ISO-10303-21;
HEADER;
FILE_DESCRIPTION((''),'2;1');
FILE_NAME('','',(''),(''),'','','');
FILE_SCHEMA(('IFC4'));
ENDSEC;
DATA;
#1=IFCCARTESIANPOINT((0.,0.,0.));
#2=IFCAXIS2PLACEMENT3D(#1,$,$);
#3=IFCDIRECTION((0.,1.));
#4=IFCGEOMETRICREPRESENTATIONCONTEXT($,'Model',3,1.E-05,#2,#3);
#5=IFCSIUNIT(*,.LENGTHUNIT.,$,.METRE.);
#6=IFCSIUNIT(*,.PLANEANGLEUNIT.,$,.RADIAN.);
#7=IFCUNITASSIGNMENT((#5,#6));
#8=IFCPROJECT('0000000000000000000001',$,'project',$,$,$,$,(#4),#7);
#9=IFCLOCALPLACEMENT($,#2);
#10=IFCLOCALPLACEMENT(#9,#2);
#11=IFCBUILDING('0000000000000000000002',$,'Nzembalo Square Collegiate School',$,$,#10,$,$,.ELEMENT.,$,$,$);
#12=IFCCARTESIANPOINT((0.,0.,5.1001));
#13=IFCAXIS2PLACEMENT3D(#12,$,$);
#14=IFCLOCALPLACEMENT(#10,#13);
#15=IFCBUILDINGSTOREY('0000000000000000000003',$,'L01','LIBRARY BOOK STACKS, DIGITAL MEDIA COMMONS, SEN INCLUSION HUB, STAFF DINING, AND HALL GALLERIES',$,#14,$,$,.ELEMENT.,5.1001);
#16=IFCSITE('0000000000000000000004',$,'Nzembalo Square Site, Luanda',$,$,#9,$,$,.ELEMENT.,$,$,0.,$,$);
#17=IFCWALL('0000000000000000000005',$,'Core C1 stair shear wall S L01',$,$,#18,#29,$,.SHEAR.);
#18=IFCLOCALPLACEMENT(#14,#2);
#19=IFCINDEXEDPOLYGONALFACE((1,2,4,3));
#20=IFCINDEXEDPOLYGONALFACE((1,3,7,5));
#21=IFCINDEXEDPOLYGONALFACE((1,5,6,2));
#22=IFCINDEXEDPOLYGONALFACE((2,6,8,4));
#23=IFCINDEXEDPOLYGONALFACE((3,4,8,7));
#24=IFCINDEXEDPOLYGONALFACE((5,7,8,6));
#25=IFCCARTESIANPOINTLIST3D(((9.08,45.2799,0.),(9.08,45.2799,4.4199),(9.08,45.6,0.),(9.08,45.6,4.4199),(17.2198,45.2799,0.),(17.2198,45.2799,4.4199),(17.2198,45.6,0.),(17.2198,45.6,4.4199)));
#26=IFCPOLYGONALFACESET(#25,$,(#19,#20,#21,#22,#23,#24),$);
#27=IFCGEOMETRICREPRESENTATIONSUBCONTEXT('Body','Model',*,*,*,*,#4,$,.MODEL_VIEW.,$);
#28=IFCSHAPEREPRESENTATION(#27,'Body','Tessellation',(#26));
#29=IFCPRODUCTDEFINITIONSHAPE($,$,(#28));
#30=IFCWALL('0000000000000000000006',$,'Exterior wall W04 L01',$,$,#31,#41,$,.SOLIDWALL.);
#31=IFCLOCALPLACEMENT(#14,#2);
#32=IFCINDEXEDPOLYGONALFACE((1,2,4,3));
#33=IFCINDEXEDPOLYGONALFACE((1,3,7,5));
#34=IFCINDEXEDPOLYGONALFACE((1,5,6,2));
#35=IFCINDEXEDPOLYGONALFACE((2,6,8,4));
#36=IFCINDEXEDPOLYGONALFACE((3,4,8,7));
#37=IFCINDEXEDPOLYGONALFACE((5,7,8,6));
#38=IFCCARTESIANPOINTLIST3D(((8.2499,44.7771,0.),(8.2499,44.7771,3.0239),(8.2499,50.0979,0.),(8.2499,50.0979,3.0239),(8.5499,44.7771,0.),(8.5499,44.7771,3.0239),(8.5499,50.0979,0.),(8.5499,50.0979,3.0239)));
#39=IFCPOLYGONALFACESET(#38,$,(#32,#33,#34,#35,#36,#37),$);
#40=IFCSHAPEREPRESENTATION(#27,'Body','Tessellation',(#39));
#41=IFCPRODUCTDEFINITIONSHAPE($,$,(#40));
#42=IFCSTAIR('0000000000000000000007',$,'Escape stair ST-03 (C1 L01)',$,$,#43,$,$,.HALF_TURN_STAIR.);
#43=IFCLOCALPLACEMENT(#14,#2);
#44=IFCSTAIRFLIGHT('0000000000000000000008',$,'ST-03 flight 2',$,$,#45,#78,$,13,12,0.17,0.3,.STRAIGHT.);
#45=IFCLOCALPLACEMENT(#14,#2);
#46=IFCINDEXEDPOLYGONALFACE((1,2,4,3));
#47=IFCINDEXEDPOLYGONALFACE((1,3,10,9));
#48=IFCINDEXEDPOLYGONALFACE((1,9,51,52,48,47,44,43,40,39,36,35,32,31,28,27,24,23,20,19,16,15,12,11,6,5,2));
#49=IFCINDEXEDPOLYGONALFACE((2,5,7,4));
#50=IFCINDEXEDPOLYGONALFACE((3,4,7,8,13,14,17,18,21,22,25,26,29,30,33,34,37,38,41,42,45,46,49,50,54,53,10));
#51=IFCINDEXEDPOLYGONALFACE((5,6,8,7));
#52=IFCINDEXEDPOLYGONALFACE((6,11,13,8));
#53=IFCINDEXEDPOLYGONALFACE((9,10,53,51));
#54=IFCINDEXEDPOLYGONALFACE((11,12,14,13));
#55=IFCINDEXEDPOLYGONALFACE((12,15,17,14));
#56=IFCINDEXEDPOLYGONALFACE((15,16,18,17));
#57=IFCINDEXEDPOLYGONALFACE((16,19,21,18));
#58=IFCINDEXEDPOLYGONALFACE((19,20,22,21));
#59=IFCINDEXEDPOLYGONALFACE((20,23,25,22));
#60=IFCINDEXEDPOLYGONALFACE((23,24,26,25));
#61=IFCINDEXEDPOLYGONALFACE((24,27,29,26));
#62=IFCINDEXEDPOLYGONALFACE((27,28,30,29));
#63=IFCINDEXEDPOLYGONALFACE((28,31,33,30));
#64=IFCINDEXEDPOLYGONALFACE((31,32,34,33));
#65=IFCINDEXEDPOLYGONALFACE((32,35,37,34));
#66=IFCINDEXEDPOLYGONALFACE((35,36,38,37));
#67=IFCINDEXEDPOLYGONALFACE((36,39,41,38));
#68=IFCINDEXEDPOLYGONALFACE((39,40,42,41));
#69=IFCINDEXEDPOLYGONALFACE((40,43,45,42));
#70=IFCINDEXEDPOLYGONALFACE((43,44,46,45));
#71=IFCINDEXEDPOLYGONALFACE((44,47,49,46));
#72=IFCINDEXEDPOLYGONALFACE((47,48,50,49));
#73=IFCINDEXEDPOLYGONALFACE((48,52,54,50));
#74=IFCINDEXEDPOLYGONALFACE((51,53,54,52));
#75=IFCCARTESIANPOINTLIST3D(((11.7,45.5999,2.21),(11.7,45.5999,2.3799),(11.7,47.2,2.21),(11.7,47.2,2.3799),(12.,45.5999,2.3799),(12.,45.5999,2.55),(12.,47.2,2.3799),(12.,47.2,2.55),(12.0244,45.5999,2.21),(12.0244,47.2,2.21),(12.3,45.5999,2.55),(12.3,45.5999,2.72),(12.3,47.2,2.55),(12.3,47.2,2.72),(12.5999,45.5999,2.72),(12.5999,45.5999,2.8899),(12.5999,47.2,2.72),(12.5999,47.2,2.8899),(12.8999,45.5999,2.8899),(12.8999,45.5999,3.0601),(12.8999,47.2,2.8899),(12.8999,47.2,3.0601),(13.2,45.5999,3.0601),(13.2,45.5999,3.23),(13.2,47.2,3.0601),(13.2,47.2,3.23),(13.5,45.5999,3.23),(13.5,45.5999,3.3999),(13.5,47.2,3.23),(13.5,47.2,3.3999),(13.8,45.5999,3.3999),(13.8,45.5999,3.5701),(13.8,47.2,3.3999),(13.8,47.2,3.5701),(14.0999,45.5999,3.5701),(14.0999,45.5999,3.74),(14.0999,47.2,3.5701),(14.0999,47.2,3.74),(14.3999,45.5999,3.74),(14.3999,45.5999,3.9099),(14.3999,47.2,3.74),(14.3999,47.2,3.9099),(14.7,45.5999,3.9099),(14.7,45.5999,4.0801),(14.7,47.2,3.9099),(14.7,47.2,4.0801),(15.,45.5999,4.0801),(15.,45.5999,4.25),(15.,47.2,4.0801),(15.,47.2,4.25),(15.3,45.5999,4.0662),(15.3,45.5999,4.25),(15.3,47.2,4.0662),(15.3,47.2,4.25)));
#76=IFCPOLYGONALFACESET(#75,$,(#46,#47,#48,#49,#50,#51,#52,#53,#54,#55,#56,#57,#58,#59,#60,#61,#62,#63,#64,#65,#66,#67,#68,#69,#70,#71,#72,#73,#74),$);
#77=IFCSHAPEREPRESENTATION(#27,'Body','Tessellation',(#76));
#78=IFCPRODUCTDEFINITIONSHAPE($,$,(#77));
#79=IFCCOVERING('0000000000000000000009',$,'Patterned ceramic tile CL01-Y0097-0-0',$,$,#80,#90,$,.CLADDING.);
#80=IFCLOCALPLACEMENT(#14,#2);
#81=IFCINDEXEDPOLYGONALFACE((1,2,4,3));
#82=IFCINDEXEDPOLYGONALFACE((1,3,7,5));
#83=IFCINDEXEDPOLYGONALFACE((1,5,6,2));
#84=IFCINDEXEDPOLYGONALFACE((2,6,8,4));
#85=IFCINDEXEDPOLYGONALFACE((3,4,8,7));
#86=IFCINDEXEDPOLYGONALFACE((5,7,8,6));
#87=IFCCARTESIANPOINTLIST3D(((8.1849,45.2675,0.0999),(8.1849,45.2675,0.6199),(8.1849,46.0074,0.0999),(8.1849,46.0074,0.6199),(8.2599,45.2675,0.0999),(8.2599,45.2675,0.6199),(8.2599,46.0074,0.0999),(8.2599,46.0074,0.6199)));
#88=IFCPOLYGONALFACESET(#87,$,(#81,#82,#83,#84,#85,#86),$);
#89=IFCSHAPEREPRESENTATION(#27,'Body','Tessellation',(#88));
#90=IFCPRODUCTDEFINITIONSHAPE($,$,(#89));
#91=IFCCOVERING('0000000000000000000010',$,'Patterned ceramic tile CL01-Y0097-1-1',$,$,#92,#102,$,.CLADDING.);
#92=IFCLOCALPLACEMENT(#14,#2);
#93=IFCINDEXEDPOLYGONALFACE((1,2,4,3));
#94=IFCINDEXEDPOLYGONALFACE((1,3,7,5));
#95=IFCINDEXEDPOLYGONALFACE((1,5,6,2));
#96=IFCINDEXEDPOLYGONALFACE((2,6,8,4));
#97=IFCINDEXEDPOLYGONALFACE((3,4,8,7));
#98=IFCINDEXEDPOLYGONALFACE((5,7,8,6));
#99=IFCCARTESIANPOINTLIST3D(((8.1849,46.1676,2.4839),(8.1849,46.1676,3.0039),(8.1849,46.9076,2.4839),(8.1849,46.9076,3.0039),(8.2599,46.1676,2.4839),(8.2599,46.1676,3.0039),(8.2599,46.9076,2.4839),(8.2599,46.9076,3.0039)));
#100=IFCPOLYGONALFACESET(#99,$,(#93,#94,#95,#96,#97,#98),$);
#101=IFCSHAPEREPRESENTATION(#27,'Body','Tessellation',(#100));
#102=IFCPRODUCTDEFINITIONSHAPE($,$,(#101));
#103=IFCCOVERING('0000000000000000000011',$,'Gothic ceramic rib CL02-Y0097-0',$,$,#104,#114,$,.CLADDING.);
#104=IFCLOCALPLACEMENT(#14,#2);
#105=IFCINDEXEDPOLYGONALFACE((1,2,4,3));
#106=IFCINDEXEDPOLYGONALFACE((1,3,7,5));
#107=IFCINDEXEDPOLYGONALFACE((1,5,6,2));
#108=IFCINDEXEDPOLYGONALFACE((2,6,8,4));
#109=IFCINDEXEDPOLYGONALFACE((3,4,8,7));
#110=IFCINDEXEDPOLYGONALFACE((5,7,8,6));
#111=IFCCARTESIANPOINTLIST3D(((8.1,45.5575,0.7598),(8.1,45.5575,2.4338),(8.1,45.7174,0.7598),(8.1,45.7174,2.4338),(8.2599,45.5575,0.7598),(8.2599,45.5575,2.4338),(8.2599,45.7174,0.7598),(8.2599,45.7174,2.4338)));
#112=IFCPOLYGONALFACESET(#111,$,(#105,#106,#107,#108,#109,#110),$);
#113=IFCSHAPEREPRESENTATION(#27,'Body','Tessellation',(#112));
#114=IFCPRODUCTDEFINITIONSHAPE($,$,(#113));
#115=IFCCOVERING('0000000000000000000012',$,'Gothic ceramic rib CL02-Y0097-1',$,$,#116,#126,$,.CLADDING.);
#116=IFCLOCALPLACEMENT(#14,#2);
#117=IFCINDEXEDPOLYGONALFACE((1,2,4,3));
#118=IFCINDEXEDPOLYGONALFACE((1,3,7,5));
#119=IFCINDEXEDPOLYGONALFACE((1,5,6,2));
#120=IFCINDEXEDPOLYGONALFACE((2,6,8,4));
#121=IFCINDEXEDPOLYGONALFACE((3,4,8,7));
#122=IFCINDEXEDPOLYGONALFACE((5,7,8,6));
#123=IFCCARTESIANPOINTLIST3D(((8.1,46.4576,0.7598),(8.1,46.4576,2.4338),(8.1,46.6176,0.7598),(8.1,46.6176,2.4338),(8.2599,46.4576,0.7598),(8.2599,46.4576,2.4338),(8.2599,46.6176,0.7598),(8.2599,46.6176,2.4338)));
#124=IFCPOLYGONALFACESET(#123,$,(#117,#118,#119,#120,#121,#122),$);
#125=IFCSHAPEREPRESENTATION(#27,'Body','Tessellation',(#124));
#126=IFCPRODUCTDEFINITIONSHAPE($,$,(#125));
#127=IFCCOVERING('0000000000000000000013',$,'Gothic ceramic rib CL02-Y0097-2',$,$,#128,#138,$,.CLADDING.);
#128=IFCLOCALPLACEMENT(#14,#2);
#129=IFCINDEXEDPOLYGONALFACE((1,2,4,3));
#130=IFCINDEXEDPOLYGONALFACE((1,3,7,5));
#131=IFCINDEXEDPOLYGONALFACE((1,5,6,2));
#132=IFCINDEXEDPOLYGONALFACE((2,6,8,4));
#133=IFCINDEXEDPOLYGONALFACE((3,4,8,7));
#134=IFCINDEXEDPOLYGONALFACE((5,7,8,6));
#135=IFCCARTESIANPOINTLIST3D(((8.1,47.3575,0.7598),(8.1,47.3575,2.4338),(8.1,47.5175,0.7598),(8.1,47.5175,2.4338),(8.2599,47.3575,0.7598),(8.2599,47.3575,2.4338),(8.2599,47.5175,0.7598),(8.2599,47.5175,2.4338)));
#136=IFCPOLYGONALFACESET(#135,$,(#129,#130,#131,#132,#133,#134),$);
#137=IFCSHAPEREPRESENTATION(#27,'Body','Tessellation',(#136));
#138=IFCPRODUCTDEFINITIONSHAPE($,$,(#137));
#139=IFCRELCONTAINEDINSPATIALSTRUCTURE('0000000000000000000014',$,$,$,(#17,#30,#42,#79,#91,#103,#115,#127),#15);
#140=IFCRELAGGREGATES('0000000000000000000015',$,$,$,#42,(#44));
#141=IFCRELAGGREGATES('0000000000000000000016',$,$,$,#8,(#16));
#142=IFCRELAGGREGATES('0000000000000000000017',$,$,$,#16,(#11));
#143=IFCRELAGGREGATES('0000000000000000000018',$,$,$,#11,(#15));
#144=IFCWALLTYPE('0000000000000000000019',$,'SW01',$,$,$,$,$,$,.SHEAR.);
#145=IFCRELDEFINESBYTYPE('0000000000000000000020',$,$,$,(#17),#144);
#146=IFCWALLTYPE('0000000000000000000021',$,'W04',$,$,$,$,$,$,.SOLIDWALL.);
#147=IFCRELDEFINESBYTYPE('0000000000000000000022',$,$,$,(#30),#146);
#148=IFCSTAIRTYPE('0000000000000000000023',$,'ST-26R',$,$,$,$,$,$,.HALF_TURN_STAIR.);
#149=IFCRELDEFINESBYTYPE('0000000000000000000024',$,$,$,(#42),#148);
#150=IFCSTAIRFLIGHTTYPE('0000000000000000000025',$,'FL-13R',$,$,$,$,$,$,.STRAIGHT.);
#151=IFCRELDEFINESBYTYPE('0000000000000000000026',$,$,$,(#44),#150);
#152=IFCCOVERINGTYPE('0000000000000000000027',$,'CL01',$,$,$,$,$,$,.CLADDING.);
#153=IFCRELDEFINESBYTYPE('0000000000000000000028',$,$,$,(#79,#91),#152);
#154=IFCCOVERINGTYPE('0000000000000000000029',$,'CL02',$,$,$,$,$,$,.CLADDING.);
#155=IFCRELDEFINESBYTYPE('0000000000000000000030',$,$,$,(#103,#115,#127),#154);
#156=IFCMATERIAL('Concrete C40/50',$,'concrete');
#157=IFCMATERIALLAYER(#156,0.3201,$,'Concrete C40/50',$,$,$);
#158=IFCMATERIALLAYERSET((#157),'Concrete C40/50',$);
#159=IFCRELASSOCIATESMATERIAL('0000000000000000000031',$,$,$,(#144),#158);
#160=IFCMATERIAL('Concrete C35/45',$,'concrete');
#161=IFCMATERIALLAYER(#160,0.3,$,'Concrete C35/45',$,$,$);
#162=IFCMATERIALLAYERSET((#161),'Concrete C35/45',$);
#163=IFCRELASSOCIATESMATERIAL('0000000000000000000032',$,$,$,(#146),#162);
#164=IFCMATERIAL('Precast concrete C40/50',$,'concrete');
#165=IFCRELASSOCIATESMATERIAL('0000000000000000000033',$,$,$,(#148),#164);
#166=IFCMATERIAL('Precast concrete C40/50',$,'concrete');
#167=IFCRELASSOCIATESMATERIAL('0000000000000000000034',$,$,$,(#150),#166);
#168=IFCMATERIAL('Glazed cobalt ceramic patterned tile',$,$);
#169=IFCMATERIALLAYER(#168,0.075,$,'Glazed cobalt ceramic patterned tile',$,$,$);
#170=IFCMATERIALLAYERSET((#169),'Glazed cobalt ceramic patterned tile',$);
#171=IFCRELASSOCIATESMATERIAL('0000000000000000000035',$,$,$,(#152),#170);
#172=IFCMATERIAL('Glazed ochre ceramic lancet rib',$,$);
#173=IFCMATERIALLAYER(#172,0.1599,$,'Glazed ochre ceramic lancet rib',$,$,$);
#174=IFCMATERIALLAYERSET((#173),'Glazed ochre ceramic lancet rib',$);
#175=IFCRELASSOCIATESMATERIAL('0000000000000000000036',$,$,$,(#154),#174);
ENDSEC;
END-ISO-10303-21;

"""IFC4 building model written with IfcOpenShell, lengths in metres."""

from ifc_helpers import new_model, si_unit, direction, frame, frame_2d, origin, origin_2d, place, context, subcontext, project, spatial, polyline, rectangle, outline, extrude, material, layer, layer_set, type_object, element, aggregate, save


model = new_model("IFC4")

# Units and contexts
model_context = context("Model", 3, precision=1e-05, world=origin(), true_north=direction((0.0, 1.0)))
body_context = subcontext(model_context, "Body", "Model", "MODEL_VIEW")
ifc_project = project(units=[si_unit("LENGTHUNIT", "METRE"), si_unit("PLANEANGLEUNIT", "RADIAN")], contexts=[model_context])

# Site, building, storey
site_placement = place(None, origin())
site = spatial("IfcSite", under=ifc_project, at=site_placement, Name="Nzembalo Square Site, Luanda", CompositionType="ELEMENT", RefElevation=0.0)
building_placement = place(site_placement, origin())
building = spatial("IfcBuilding", under=site, at=building_placement, Name="Nzembalo Square Collegiate School", CompositionType="ELEMENT")
storey_placement = place(building_placement, frame((0.0, 0.0, 5.1001)))
storey = spatial("IfcBuildingStorey", under=building, at=storey_placement, Name="L01", Description="LIBRARY BOOK STACKS, DIGITAL MEDIA COMMONS, SEN INCLUSION HUB, STAFF DINING, AND HALL GALLERIES", CompositionType="ELEMENT", Elevation=5.1001)

# Walls
ifc_material_1 = material(Name="Concrete C40/50", Category="concrete")
ifc_layer_1 = layer(ifc_material_1, 0.3201, Name="Concrete C40/50")
ifc_layer_set_1 = layer_set([ifc_layer_1], Name="Concrete C40/50")
wall_type_1 = type_object("IfcWallType", Name="SW01", PredefinedType="SHEAR", material=ifc_layer_set_1)
wall_1_placement = place(storey_placement, frame((9.0801, 45.4399, 0.0), z_axis=(0.0, 0.0, 1.0), x_axis=(1.0, 0.0, 0.0)))
element("IfcWall", 1, at=wall_1_placement, inside=storey, type_object=wall_type_1, Name="Core C1 stair shear wall S L01", PredefinedType="SHEAR", context=body_context, shape_type="SweptSolid", body=[
    extrude(rectangle(XDim=8.1399, YDim=0.3201, at=frame_2d((4.0698, 0.0))), origin(), (0.0, 0.0, 1.0), 4.4199),
])
ifc_material_2 = material(Name="Concrete C35/45", Category="concrete")
ifc_layer_2 = layer(ifc_material_2, 0.3, Name="Concrete C35/45")
ifc_layer_set_2 = layer_set([ifc_layer_2], Name="Concrete C35/45")
wall_type_2 = type_object("IfcWallType", Name="W04", PredefinedType="SOLIDWALL", material=ifc_layer_set_2)
wall_2_placement = place(storey_placement, frame((8.3999, 44.7771, 0.0), z_axis=(0.0, 0.0, 1.0), x_axis=(0.0, 1.0, 0.0)))
element("IfcWall", 2, at=wall_2_placement, inside=storey, type_object=wall_type_2, Name="Exterior wall W04 L01", PredefinedType="SOLIDWALL", context=body_context, shape_type="SweptSolid", body=[
    extrude(rectangle(XDim=5.3208, YDim=0.3, at=frame_2d((2.6604, 0.0))), origin(), (0.0, 0.0, 1.0), 3.0239),
])

# Stair, stair flight
ifc_material_3 = material(Name="Precast concrete C40/50", Category="concrete")
stair_type = type_object("IfcStairType", Name="ST-26R", PredefinedType="HALF_TURN_STAIR", material=ifc_material_3)
stair_placement = place(storey_placement, origin())
stair = element("IfcStair", 3, at=stair_placement, inside=storey, type_object=stair_type, Name="Escape stair ST-03 (C1 L01)", PredefinedType="HALF_TURN_STAIR")
ifc_material_4 = material(Name="Precast concrete C40/50", Category="concrete")
stair_flight_type = type_object("IfcStairFlightType", Name="FL-13R", PredefinedType="STRAIGHT", material=ifc_material_4)
stair_flight_placement = place(storey_placement, frame((11.7, 46.3999, 2.21), z_axis=(0.0, 0.0, 1.0), x_axis=(1.0, 0.0, 0.0)))
stair_flight = element("IfcStairFlight", 4, at=stair_flight_placement, type_object=stair_flight_type, Name="ST-03 flight 2", NumberOfRisers=13, NumberOfTreads=12, PredefinedType="STRAIGHT", RiserHeight=0.17, TreadLength=0.3, context=body_context, shape_type="SweptSolid", body=[
    extrude(outline(polyline([(0.0, 0.0), (0.0, 0.1699), (0.3, 0.1699), (0.3, 0.3401), (0.6001, 0.3401), (0.6001, 0.51), (0.8999, 0.51), (0.8999, 0.6799), (1.2, 0.6799), (1.2, 0.8501), (1.5, 0.8501), (1.5, 1.02), (1.8, 1.02), (1.8, 1.1899), (2.1001, 1.1899), (2.1001, 1.3601), (2.3999, 1.3601), (2.3999, 1.53), (2.7, 1.53), (2.7, 1.7), (3.0, 1.7), (3.0, 1.8701), (3.3, 1.8701), (3.3, 2.04), (3.6001, 2.04), (3.6001, 2.21), (3.6001, 1.8562), (0.3245, 0.0), (0.0, 0.0)])), frame((0.0, 0.8, 0.0), z_axis=(0.0, -1.0, 0.0), x_axis=(1.0, 0.0, 0.0)), (0.0, 0.0, 1.0), 1.6001),
])
aggregate(stair, [stair_flight])

# Coverings
ifc_material_5 = material(Name="Glazed cobalt ceramic patterned tile")
ifc_layer_3 = layer(ifc_material_5, 0.075, Name="Glazed cobalt ceramic patterned tile")
ifc_layer_set_3 = layer_set([ifc_layer_3], Name="Glazed cobalt ceramic patterned tile")
covering_type_1 = type_object("IfcCoveringType", Name="CL01", PredefinedType="CLADDING", material=ifc_layer_set_3)
for number, where, z_axis, x_axis, name in (
    (5, (8.2224, 45.6375, 0.0999), (0.0, 0.0, 1.0), (1.0, 0.0, 0.0), "Patterned ceramic tile CL01-Y0097-0-0"),
    (6, (8.2224, 46.5376, 2.4839), (0.0, 0.0, 1.0), (1.0, 0.0, 0.0), "Patterned ceramic tile CL01-Y0097-1-1"),
):
    element("IfcCovering", number, at=place(storey_placement, frame(where, z_axis=z_axis, x_axis=x_axis)), inside=storey, type_object=covering_type_1, Name=name, PredefinedType="CLADDING", context=body_context, shape_type="SweptSolid", body=[
        extrude(rectangle(XDim=0.075, YDim=0.74, at=origin_2d()), origin(), (0.0, 0.0, 1.0), 0.52),
    ])
ifc_material_6 = material(Name="Glazed ochre ceramic lancet rib")
ifc_layer_4 = layer(ifc_material_6, 0.1599, Name="Glazed ochre ceramic lancet rib")
ifc_layer_set_4 = layer_set([ifc_layer_4], Name="Glazed ochre ceramic lancet rib")
covering_type_2 = type_object("IfcCoveringType", Name="CL02", PredefinedType="CLADDING", material=ifc_layer_set_4)
for number, where, z_axis, x_axis, name in (
    (7, (8.1799, 45.6375, 0.7598), (0.0, 0.0, 1.0), (1.0, 0.0, 0.0), "Gothic ceramic rib CL02-Y0097-0"),
    (8, (8.1799, 46.5376, 0.7598), (0.0, 0.0, 1.0), (1.0, 0.0, 0.0), "Gothic ceramic rib CL02-Y0097-1"),
    (9, (8.1799, 47.4375, 0.7598), (0.0, 0.0, 1.0), (1.0, 0.0, 0.0), "Gothic ceramic rib CL02-Y0097-2"),
):
    element("IfcCovering", number, at=place(storey_placement, frame(where, z_axis=z_axis, x_axis=x_axis)), inside=storey, type_object=covering_type_2, Name=name, PredefinedType="CLADDING", context=body_context, shape_type="SweptSolid", body=[
        extrude(rectangle(XDim=0.1599, YDim=0.1599, at=origin_2d()), origin(), (0.0, 0.0, 1.0), 1.6741),
    ])

save(model, "model.ifc")
